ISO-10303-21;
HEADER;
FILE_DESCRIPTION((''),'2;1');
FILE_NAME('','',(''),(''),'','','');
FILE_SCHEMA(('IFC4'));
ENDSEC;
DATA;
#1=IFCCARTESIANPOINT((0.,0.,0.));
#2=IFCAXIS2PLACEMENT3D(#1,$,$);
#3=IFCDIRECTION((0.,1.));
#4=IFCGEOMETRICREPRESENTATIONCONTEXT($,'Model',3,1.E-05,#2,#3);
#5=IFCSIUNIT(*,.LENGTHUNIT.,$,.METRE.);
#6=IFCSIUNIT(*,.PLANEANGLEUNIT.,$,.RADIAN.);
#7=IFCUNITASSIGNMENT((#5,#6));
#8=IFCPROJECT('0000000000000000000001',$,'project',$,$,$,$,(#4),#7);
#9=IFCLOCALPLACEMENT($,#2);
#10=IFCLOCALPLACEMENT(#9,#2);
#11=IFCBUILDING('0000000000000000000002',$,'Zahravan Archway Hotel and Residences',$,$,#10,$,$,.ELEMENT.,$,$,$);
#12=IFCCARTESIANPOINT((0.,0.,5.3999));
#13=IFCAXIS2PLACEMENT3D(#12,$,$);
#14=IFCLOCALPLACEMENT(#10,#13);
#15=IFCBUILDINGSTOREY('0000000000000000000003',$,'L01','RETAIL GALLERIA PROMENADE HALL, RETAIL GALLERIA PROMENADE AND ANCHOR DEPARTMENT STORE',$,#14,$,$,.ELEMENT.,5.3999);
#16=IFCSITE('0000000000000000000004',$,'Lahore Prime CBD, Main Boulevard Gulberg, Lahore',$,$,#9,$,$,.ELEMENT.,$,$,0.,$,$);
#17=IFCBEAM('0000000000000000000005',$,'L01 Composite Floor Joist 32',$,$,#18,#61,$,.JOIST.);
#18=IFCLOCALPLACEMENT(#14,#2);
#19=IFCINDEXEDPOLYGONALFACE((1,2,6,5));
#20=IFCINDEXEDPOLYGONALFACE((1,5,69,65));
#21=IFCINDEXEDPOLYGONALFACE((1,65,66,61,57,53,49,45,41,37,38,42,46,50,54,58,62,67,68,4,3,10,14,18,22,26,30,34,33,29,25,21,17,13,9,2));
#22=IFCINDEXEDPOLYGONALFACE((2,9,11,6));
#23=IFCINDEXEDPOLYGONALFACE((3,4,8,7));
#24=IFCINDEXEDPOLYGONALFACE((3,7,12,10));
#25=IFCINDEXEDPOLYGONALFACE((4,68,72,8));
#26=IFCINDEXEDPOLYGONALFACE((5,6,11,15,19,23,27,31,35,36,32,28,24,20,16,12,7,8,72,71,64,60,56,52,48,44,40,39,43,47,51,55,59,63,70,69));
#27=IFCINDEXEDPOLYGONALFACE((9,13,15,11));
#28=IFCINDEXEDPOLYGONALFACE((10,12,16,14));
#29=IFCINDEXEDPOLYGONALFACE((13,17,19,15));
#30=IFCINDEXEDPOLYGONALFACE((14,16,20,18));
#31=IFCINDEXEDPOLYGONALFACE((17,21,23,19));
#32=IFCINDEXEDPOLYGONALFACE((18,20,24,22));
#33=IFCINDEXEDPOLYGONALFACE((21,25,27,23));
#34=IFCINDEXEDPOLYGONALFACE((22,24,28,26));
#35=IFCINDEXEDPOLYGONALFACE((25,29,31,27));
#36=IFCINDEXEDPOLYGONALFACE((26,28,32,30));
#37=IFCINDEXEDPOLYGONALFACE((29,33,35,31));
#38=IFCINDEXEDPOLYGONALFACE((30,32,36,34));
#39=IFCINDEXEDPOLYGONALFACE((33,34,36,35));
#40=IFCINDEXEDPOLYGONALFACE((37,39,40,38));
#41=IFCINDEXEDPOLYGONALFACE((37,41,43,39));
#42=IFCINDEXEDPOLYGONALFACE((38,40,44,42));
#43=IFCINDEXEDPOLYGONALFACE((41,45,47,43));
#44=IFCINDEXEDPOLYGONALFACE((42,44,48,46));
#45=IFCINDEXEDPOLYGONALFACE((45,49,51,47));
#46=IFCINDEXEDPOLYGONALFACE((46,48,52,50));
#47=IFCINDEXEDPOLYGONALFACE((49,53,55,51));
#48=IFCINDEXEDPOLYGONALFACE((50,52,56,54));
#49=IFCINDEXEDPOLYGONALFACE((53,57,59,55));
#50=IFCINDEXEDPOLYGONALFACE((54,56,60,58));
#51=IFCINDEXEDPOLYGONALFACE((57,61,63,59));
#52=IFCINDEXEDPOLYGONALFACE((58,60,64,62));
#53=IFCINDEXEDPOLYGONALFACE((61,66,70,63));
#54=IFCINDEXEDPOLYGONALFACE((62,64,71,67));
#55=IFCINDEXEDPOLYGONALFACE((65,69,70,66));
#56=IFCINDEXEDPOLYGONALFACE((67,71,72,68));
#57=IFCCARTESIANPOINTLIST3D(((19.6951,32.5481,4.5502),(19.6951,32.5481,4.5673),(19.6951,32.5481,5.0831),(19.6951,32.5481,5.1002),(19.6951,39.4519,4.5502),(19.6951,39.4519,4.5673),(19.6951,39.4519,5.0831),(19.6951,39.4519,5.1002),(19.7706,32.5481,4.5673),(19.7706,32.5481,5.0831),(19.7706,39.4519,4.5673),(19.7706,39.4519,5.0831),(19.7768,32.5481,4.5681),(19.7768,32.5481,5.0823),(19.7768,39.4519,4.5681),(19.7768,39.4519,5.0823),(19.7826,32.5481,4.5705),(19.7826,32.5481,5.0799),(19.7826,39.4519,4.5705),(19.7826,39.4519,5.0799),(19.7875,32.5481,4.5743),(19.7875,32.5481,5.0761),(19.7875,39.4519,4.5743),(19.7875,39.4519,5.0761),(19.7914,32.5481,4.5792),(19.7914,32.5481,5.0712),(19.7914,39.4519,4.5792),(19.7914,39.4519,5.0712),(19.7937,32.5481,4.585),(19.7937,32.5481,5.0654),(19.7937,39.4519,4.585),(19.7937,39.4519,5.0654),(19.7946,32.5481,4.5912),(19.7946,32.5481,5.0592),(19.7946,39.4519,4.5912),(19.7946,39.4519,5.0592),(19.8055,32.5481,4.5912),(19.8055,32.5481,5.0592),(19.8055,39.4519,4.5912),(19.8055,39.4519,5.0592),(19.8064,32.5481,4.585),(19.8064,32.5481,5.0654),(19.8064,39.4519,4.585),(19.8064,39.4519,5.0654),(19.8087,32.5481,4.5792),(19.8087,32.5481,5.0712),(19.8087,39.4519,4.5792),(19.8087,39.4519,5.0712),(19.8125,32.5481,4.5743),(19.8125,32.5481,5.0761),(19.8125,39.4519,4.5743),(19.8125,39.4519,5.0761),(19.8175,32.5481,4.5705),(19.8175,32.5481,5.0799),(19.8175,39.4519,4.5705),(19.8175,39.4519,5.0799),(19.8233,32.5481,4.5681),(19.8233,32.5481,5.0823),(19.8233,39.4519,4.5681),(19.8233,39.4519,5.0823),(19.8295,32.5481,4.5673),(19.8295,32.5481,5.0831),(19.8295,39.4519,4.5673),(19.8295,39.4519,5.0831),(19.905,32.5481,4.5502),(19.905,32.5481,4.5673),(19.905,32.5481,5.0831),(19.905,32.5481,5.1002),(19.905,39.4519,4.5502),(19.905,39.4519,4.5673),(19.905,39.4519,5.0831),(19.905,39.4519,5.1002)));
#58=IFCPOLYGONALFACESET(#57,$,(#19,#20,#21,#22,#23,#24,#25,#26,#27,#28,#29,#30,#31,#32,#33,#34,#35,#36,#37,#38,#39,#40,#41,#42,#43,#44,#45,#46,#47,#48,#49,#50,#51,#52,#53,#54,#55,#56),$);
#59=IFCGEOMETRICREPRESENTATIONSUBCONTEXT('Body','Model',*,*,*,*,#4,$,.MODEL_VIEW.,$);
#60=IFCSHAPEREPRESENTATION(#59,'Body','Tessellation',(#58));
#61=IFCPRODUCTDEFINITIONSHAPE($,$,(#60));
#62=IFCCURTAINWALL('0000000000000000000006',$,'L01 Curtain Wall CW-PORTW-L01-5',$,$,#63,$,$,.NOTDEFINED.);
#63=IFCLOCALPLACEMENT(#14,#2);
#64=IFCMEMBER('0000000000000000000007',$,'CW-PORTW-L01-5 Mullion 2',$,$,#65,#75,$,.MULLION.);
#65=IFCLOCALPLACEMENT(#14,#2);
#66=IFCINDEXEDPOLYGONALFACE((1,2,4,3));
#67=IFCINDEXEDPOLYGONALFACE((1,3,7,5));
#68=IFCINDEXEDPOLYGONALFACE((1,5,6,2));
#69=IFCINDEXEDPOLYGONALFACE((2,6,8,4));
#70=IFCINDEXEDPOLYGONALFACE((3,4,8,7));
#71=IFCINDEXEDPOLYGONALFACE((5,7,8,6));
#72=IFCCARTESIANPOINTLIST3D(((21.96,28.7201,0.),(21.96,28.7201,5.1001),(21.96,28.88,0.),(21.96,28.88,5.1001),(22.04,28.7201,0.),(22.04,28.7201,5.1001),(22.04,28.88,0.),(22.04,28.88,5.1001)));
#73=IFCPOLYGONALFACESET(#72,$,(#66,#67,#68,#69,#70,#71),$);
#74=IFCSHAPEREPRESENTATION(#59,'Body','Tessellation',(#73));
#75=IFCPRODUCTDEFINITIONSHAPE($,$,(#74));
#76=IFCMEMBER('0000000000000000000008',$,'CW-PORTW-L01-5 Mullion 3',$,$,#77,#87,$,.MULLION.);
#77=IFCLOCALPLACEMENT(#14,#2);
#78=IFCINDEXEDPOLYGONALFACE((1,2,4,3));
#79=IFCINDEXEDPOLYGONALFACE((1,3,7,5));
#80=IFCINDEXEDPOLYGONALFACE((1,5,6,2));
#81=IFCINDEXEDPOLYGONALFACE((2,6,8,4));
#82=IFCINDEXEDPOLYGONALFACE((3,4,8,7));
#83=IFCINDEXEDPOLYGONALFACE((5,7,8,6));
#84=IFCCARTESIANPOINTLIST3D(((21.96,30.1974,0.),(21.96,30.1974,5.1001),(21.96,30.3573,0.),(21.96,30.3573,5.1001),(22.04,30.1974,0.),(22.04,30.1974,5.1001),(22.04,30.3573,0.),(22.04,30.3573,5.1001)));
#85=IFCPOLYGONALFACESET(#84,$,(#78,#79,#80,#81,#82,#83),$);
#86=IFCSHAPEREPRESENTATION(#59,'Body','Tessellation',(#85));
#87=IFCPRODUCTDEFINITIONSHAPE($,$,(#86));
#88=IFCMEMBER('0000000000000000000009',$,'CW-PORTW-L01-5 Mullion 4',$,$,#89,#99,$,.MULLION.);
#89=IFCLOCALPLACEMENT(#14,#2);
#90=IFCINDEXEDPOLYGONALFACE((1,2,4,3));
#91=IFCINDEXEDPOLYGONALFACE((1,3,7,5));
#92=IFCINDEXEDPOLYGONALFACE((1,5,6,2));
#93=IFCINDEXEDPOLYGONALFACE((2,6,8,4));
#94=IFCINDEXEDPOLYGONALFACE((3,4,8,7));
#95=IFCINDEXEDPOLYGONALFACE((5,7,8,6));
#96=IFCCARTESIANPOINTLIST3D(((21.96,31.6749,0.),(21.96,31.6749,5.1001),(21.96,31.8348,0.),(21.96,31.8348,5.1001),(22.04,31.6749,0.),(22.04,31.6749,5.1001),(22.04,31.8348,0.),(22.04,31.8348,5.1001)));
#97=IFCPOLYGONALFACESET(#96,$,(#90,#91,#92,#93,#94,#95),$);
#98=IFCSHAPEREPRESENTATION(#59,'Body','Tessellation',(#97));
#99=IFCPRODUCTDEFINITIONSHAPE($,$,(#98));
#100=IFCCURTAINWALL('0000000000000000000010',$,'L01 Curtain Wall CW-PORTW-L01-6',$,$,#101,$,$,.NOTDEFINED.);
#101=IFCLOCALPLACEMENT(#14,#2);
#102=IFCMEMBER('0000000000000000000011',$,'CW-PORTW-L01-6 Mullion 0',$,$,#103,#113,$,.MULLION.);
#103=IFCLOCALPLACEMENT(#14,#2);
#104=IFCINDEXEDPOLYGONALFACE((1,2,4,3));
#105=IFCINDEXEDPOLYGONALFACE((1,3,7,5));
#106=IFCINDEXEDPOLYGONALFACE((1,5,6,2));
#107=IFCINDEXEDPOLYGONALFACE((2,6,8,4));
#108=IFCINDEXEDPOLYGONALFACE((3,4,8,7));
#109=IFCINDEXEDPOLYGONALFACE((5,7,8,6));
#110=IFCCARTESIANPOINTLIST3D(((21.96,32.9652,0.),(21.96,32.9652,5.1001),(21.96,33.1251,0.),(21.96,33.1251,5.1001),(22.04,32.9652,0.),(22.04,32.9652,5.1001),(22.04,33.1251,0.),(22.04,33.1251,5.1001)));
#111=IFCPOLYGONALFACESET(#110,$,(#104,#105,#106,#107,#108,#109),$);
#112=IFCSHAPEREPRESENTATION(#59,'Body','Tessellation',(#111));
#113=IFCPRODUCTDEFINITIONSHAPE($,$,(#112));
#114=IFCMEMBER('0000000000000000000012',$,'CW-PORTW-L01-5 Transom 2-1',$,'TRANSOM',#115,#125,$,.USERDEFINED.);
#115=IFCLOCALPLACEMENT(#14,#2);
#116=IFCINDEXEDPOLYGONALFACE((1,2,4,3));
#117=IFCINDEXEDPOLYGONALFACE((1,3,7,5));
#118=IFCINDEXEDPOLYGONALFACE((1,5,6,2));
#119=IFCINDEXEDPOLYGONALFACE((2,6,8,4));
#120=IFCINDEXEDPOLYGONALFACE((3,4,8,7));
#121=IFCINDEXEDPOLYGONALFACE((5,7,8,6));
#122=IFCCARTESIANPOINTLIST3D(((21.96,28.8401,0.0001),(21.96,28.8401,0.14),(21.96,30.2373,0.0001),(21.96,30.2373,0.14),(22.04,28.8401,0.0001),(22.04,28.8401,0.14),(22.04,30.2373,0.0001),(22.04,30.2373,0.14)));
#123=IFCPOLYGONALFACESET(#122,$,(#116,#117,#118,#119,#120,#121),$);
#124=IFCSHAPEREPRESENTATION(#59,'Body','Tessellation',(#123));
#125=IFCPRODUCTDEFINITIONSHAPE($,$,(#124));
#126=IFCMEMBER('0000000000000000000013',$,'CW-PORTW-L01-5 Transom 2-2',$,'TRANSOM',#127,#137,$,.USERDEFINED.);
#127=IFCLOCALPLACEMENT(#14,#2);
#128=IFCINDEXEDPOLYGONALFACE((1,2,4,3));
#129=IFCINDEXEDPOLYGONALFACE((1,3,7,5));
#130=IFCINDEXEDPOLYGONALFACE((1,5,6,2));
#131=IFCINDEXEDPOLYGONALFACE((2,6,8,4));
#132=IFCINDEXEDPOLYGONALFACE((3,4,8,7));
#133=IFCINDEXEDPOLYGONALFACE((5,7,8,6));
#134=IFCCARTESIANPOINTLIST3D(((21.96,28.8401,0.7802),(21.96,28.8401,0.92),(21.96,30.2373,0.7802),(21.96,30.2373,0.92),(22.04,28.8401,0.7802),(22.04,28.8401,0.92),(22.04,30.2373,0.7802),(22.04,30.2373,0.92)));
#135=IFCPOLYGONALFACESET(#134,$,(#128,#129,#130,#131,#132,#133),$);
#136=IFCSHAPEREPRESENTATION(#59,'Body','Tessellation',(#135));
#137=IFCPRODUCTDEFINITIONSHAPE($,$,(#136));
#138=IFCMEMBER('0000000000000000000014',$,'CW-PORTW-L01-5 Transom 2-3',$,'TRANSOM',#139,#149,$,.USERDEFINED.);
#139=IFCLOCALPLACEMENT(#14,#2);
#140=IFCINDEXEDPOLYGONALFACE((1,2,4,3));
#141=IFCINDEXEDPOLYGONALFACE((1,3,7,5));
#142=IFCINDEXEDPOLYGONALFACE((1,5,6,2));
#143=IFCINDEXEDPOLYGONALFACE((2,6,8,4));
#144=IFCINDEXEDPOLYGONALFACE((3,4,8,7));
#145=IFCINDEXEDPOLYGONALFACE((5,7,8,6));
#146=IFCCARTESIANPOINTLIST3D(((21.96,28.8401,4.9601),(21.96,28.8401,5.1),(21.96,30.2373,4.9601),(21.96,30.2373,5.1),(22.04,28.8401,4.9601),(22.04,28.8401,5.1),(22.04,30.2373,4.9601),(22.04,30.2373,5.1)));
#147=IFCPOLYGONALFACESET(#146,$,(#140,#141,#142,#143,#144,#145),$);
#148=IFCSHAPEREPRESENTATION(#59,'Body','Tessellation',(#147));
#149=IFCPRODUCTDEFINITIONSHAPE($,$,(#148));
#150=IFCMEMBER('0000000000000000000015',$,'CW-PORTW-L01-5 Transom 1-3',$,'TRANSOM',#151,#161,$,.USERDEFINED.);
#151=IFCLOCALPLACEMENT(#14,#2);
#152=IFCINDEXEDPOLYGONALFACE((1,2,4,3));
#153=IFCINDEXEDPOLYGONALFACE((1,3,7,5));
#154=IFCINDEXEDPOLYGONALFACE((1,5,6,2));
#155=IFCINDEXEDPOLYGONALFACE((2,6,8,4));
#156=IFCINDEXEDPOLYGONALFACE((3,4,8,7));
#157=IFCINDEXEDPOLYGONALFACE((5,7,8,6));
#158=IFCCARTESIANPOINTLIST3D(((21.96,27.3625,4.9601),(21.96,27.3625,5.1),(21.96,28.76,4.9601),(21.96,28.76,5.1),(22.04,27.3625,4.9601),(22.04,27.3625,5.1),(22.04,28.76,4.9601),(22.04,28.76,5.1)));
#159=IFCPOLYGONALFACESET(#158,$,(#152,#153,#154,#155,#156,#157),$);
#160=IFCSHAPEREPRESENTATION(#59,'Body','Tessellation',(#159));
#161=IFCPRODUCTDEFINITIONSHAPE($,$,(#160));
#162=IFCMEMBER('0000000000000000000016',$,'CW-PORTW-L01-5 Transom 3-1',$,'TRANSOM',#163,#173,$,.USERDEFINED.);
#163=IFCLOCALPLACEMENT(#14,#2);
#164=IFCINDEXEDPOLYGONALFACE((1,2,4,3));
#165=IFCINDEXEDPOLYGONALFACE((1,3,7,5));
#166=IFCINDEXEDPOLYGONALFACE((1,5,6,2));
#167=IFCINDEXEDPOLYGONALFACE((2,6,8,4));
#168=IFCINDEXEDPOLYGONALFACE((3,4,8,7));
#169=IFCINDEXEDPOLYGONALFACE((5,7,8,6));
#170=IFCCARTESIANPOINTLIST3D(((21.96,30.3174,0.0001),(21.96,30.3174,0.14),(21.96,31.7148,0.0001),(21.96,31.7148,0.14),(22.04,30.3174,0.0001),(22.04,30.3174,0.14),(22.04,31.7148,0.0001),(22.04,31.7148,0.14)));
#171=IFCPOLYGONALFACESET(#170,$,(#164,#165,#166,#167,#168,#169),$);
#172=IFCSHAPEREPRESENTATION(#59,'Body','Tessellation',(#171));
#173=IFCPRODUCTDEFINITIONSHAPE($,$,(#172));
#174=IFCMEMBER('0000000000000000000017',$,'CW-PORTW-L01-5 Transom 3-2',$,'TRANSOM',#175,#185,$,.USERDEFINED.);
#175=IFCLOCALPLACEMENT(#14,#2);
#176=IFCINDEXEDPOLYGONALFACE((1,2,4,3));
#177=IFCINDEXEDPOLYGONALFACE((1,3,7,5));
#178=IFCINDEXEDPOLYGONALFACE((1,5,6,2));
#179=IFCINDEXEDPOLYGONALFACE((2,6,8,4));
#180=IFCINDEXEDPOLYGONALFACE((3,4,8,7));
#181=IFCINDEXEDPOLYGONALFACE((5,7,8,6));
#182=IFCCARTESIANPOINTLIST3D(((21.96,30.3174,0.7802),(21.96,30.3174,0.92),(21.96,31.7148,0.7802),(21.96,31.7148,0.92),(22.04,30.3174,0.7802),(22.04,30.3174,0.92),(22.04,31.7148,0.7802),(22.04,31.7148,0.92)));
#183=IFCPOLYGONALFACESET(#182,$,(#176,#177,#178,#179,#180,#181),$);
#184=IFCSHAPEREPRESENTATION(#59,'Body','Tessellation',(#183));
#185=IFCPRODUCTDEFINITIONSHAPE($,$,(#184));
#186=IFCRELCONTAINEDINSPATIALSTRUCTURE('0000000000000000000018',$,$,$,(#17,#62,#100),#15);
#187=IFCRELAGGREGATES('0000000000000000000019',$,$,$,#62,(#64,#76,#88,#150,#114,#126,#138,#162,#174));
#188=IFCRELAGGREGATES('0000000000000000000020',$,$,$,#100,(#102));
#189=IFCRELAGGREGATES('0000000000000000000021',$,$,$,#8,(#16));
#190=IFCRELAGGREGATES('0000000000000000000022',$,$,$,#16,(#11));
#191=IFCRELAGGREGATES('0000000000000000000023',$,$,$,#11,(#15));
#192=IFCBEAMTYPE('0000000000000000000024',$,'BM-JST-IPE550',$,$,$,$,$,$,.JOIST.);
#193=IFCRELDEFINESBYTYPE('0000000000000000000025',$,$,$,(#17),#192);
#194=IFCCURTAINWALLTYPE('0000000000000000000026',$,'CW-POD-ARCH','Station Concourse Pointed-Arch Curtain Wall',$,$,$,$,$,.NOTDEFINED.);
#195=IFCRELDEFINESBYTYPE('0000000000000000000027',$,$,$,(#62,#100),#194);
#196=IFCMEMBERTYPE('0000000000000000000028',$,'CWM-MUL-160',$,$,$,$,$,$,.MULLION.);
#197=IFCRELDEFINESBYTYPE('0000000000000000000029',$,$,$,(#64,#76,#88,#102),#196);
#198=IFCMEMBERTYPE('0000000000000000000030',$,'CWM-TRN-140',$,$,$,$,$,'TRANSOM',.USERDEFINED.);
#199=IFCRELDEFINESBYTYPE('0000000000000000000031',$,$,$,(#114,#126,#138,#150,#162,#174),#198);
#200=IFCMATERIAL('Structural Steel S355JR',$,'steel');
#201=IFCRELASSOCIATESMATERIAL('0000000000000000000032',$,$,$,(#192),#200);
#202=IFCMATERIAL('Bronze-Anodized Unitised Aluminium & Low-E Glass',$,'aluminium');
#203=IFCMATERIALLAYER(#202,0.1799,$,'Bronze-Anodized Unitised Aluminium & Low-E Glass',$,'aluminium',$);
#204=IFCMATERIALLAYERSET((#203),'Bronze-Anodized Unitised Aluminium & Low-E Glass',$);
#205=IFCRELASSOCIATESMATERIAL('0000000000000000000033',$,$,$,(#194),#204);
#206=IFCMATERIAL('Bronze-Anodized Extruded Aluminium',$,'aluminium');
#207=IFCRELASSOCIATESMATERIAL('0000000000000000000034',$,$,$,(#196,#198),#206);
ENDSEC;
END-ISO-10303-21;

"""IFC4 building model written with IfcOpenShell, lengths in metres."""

from ifc_helpers import new_model, si_unit, direction, frame, origin, origin_2d, place, context, subcontext, project, spatial, rectangle, i_section, extrude, source, transform, mapped, material, layer, layer_set, material_profile, profile_set, type_object, element, aggregate, save


model = new_model("IFC4")

# Units and contexts
model_context = context("Model", 3, precision=1e-05, world=origin(), true_north=direction((0.0, 1.0)))
body_context = subcontext(model_context, "Body", "Model", "MODEL_VIEW")
ifc_project = project(units=[si_unit("LENGTHUNIT", "METRE"), si_unit("PLANEANGLEUNIT", "RADIAN")], contexts=[model_context])

# Site, building, storey
site_placement = place(None, origin())
site = spatial("IfcSite", under=ifc_project, at=site_placement, Name="Lahore Prime CBD, Main Boulevard Gulberg, Lahore", CompositionType="ELEMENT", RefElevation=0.0)
building_placement = place(site_placement, origin())
building = spatial("IfcBuilding", under=site, at=building_placement, Name="Zahravan Archway Hotel and Residences", CompositionType="ELEMENT")
storey_placement = place(building_placement, frame((0.0, 0.0, 5.3999)))
storey = spatial("IfcBuildingStorey", under=building, at=storey_placement, Name="L01", Description="RETAIL GALLERIA PROMENADE HALL, RETAIL GALLERIA PROMENADE AND ANCHOR DEPARTMENT STORE", CompositionType="ELEMENT", Elevation=5.3999)

# Beam
ifc_material_1 = material(Name="Structural Steel S355JR", Category="steel")
ifc_material_profile_1 = material_profile(ifc_material_1, i_section(OverallWidth=0.21, OverallDepth=0.55, WebThickness=0.011, FlangeThickness=0.0171, FilletRadius=0.0239, at=origin_2d()), Name="IPE 550", Category="steel")
ifc_profile_set_1 = profile_set([ifc_material_profile_1], Name="Structural Steel S355JR")
beam_type_1 = type_object("IfcBeamType", Name="BM-JST-IPE550", PredefinedType="JOIST", material=ifc_profile_set_1)
shared_shape_1 = source(origin(), body_context, "Body", "SweptSolid", [
    extrude(i_section(OverallWidth=0.21, OverallDepth=0.55, WebThickness=0.011, FlangeThickness=0.0171, FilletRadius=0.0239, at=origin_2d()), origin(), (0.0, 0.0, 1.0), 6.9038),
])
for number, where, z_axis, x_axis, name in (
    (1, (19.8, 32.5481, 4.8252), (0.0, 1.0, 0.0), (-1.0, 0.0, 0.0), "L01 Composite Floor Joist 32"),
):
    element("IfcBeam", number, at=place(storey_placement, frame(where, z_axis=z_axis, x_axis=x_axis)), inside=storey, type_object=beam_type_1, Name=name, PredefinedType="JOIST", context=body_context, shape_type="MappedRepresentation", body=[
        mapped(shared_shape_1, transform((0.0, 0.0, 0.0), scale=1.0)),
    ])

# Curtain wall, members
ifc_material_2 = material(Name="Bronze-Anodized Unitised Aluminium & Low-E Glass", Category="aluminium")
ifc_layer_1 = layer(ifc_material_2, 0.1799, Name="Bronze-Anodized Unitised Aluminium & Low-E Glass", Category="aluminium")
ifc_layer_set_1 = layer_set([ifc_layer_1], Name="Bronze-Anodized Unitised Aluminium & Low-E Glass")
curtain_wall_type = type_object("IfcCurtainWallType", Name="CW-POD-ARCH", Description="Station Concourse Pointed-Arch Curtain Wall", PredefinedType="NOTDEFINED", material=ifc_layer_set_1)
curtain_wall_1_placement = place(storey_placement, origin())
curtain_wall_1 = element("IfcCurtainWall", 2, at=curtain_wall_1_placement, inside=storey, type_object=curtain_wall_type, Name="L01 Curtain Wall CW-PORTW-L01-5", PredefinedType="NOTDEFINED")
ifc_material_3 = material(Name="Bronze-Anodized Extruded Aluminium", Category="aluminium")
ifc_material_profile_2 = material_profile(ifc_material_3, rectangle(XDim=0.0801, YDim=0.1599, at=origin_2d()), Name="MUL 80x160", Category="aluminium")
ifc_profile_set_2 = profile_set([ifc_material_profile_2], Name="Bronze-Anodized Extruded Aluminium")
member_type_1 = type_object("IfcMemberType", Name="CWM-MUL-160", PredefinedType="MULLION", material=ifc_profile_set_2)
shared_shape_2 = source(origin(), body_context, "Body", "SweptSolid", [
    extrude(rectangle(XDim=0.0801, YDim=0.1599, at=origin_2d()), origin(), (0.0, 0.0, 1.0), 5.1001),
])
member_1_placement = place(storey_placement, frame((22.0, 28.8, 0.0), z_axis=(0.0, 0.0, 1.0), x_axis=(1.0, 0.0, 0.0)))
member_1 = element("IfcMember", 3, at=member_1_placement, type_object=member_type_1, Name="CW-PORTW-L01-5 Mullion 2", PredefinedType="MULLION", context=body_context, shape_type="MappedRepresentation", body=[
    mapped(shared_shape_2, transform((0.0, 0.0, 0.0), scale=1.0)),
])
member_2_placement = place(storey_placement, frame((22.0, 30.2773, 0.0), z_axis=(0.0, 0.0, 1.0), x_axis=(1.0, 0.0, 0.0)))
member_2 = element("IfcMember", 4, at=member_2_placement, type_object=member_type_1, Name="CW-PORTW-L01-5 Mullion 3", PredefinedType="MULLION", context=body_context, shape_type="MappedRepresentation", body=[
    mapped(shared_shape_2, transform((0.0, 0.0, 0.0), scale=1.0)),
])
member_3_placement = place(storey_placement, frame((22.0, 31.7549, 0.0), z_axis=(0.0, 0.0, 1.0), x_axis=(1.0, 0.0, 0.0)))
member_3 = element("IfcMember", 5, at=member_3_placement, type_object=member_type_1, Name="CW-PORTW-L01-5 Mullion 4", PredefinedType="MULLION", context=body_context, shape_type="MappedRepresentation", body=[
    mapped(shared_shape_2, transform((0.0, 0.0, 0.0), scale=1.0)),
])

# Curtain wall, member
curtain_wall_2_placement = place(storey_placement, origin())
curtain_wall_2 = element("IfcCurtainWall", 6, at=curtain_wall_2_placement, inside=storey, type_object=curtain_wall_type, Name="L01 Curtain Wall CW-PORTW-L01-6", PredefinedType="NOTDEFINED")
member_4_placement = place(storey_placement, frame((22.0, 33.0452, 0.0), z_axis=(0.0, 0.0, 1.0), x_axis=(1.0, 0.0, 0.0)))
member_4 = element("IfcMember", 7, at=member_4_placement, type_object=member_type_1, Name="CW-PORTW-L01-6 Mullion 0", PredefinedType="MULLION", context=body_context, shape_type="MappedRepresentation", body=[
    mapped(shared_shape_2, transform((0.0, 0.0, 0.0), scale=1.0)),
])

# Members
ifc_material_profile_3 = material_profile(ifc_material_3, rectangle(XDim=0.0801, YDim=0.1399, at=origin_2d()), Name="TRN 80x140", Category="aluminium")
ifc_profile_set_3 = profile_set([ifc_material_profile_3], Name="Bronze-Anodized Extruded Aluminium")
member_type_2 = type_object("IfcMemberType", Name="CWM-TRN-140", ElementType="TRANSOM", PredefinedType="USERDEFINED", material=ifc_profile_set_3)
shared_shape_3 = source(origin(), body_context, "Body", "SweptSolid", [
    extrude(rectangle(XDim=0.0801, YDim=0.1399, at=origin_2d()), origin(), (0.0, 0.0, 1.0), 1.3972),
])
member_5_placement = place(storey_placement, frame((22.0, 28.8401, 0.0701), z_axis=(0.0, 1.0, 0.0), x_axis=(-1.0, 0.0, 0.0)))
member_5 = element("IfcMember", 8, at=member_5_placement, type_object=member_type_2, Name="CW-PORTW-L01-5 Transom 2-1", ObjectType="TRANSOM", PredefinedType="USERDEFINED", context=body_context, shape_type="MappedRepresentation", body=[
    mapped(shared_shape_3, transform((0.0, 0.0, 0.0), scale=1.0)),
])
member_6_placement = place(storey_placement, frame((22.0, 28.8401, 0.8501), z_axis=(0.0, 1.0, 0.0), x_axis=(-1.0, 0.0, 0.0)))
member_6 = element("IfcMember", 9, at=member_6_placement, type_object=member_type_2, Name="CW-PORTW-L01-5 Transom 2-2", ObjectType="TRANSOM", PredefinedType="USERDEFINED", context=body_context, shape_type="MappedRepresentation", body=[
    mapped(shared_shape_3, transform((0.0, 0.0, 0.0), scale=1.0)),
])
member_7_placement = place(storey_placement, frame((22.0, 28.8401, 5.03), z_axis=(0.0, 1.0, 0.0), x_axis=(-1.0, 0.0, 0.0)))
member_7 = element("IfcMember", 10, at=member_7_placement, type_object=member_type_2, Name="CW-PORTW-L01-5 Transom 2-3", ObjectType="TRANSOM", PredefinedType="USERDEFINED", context=body_context, shape_type="MappedRepresentation", body=[
    mapped(shared_shape_3, transform((0.0, 0.0, 0.0), scale=1.0)),
])
shared_shape_4 = source(origin(), body_context, "Body", "SweptSolid", [
    extrude(rectangle(XDim=0.0801, YDim=0.1399, at=origin_2d()), origin(), (0.0, 0.0, 1.0), 1.3975),
])
member_8_placement = place(storey_placement, frame((22.0, 27.3625, 5.03), z_axis=(0.0, 1.0, 0.0), x_axis=(-1.0, 0.0, 0.0)))
member_8 = element("IfcMember", 11, at=member_8_placement, type_object=member_type_2, Name="CW-PORTW-L01-5 Transom 1-3", ObjectType="TRANSOM", PredefinedType="USERDEFINED", context=body_context, shape_type="MappedRepresentation", body=[
    mapped(shared_shape_4, transform((0.0, 0.0, 0.0), scale=1.0)),
])
member_9_placement = place(storey_placement, frame((22.0, 30.3174, 0.0701), z_axis=(0.0, 1.0, 0.0), x_axis=(-1.0, 0.0, 0.0)))
member_9 = element("IfcMember", 12, at=member_9_placement, type_object=member_type_2, Name="CW-PORTW-L01-5 Transom 3-1", ObjectType="TRANSOM", PredefinedType="USERDEFINED", context=body_context, shape_type="MappedRepresentation", body=[
    mapped(shared_shape_4, transform((0.0, 0.0, 0.0), scale=1.0)),
])
member_10_placement = place(storey_placement, frame((22.0, 30.3174, 0.8501), z_axis=(0.0, 1.0, 0.0), x_axis=(-1.0, 0.0, 0.0)))
member_10 = element("IfcMember", 13, at=member_10_placement, type_object=member_type_2, Name="CW-PORTW-L01-5 Transom 3-2", ObjectType="TRANSOM", PredefinedType="USERDEFINED", context=body_context, shape_type="MappedRepresentation", body=[
    mapped(shared_shape_4, transform((0.0, 0.0, 0.0), scale=1.0)),
])

aggregate(curtain_wall_1, [member_1, member_2, member_3, member_8, member_5, member_6, member_7, member_9, member_10])
aggregate(curtain_wall_2, [member_4])

save(model, "model.ifc")
